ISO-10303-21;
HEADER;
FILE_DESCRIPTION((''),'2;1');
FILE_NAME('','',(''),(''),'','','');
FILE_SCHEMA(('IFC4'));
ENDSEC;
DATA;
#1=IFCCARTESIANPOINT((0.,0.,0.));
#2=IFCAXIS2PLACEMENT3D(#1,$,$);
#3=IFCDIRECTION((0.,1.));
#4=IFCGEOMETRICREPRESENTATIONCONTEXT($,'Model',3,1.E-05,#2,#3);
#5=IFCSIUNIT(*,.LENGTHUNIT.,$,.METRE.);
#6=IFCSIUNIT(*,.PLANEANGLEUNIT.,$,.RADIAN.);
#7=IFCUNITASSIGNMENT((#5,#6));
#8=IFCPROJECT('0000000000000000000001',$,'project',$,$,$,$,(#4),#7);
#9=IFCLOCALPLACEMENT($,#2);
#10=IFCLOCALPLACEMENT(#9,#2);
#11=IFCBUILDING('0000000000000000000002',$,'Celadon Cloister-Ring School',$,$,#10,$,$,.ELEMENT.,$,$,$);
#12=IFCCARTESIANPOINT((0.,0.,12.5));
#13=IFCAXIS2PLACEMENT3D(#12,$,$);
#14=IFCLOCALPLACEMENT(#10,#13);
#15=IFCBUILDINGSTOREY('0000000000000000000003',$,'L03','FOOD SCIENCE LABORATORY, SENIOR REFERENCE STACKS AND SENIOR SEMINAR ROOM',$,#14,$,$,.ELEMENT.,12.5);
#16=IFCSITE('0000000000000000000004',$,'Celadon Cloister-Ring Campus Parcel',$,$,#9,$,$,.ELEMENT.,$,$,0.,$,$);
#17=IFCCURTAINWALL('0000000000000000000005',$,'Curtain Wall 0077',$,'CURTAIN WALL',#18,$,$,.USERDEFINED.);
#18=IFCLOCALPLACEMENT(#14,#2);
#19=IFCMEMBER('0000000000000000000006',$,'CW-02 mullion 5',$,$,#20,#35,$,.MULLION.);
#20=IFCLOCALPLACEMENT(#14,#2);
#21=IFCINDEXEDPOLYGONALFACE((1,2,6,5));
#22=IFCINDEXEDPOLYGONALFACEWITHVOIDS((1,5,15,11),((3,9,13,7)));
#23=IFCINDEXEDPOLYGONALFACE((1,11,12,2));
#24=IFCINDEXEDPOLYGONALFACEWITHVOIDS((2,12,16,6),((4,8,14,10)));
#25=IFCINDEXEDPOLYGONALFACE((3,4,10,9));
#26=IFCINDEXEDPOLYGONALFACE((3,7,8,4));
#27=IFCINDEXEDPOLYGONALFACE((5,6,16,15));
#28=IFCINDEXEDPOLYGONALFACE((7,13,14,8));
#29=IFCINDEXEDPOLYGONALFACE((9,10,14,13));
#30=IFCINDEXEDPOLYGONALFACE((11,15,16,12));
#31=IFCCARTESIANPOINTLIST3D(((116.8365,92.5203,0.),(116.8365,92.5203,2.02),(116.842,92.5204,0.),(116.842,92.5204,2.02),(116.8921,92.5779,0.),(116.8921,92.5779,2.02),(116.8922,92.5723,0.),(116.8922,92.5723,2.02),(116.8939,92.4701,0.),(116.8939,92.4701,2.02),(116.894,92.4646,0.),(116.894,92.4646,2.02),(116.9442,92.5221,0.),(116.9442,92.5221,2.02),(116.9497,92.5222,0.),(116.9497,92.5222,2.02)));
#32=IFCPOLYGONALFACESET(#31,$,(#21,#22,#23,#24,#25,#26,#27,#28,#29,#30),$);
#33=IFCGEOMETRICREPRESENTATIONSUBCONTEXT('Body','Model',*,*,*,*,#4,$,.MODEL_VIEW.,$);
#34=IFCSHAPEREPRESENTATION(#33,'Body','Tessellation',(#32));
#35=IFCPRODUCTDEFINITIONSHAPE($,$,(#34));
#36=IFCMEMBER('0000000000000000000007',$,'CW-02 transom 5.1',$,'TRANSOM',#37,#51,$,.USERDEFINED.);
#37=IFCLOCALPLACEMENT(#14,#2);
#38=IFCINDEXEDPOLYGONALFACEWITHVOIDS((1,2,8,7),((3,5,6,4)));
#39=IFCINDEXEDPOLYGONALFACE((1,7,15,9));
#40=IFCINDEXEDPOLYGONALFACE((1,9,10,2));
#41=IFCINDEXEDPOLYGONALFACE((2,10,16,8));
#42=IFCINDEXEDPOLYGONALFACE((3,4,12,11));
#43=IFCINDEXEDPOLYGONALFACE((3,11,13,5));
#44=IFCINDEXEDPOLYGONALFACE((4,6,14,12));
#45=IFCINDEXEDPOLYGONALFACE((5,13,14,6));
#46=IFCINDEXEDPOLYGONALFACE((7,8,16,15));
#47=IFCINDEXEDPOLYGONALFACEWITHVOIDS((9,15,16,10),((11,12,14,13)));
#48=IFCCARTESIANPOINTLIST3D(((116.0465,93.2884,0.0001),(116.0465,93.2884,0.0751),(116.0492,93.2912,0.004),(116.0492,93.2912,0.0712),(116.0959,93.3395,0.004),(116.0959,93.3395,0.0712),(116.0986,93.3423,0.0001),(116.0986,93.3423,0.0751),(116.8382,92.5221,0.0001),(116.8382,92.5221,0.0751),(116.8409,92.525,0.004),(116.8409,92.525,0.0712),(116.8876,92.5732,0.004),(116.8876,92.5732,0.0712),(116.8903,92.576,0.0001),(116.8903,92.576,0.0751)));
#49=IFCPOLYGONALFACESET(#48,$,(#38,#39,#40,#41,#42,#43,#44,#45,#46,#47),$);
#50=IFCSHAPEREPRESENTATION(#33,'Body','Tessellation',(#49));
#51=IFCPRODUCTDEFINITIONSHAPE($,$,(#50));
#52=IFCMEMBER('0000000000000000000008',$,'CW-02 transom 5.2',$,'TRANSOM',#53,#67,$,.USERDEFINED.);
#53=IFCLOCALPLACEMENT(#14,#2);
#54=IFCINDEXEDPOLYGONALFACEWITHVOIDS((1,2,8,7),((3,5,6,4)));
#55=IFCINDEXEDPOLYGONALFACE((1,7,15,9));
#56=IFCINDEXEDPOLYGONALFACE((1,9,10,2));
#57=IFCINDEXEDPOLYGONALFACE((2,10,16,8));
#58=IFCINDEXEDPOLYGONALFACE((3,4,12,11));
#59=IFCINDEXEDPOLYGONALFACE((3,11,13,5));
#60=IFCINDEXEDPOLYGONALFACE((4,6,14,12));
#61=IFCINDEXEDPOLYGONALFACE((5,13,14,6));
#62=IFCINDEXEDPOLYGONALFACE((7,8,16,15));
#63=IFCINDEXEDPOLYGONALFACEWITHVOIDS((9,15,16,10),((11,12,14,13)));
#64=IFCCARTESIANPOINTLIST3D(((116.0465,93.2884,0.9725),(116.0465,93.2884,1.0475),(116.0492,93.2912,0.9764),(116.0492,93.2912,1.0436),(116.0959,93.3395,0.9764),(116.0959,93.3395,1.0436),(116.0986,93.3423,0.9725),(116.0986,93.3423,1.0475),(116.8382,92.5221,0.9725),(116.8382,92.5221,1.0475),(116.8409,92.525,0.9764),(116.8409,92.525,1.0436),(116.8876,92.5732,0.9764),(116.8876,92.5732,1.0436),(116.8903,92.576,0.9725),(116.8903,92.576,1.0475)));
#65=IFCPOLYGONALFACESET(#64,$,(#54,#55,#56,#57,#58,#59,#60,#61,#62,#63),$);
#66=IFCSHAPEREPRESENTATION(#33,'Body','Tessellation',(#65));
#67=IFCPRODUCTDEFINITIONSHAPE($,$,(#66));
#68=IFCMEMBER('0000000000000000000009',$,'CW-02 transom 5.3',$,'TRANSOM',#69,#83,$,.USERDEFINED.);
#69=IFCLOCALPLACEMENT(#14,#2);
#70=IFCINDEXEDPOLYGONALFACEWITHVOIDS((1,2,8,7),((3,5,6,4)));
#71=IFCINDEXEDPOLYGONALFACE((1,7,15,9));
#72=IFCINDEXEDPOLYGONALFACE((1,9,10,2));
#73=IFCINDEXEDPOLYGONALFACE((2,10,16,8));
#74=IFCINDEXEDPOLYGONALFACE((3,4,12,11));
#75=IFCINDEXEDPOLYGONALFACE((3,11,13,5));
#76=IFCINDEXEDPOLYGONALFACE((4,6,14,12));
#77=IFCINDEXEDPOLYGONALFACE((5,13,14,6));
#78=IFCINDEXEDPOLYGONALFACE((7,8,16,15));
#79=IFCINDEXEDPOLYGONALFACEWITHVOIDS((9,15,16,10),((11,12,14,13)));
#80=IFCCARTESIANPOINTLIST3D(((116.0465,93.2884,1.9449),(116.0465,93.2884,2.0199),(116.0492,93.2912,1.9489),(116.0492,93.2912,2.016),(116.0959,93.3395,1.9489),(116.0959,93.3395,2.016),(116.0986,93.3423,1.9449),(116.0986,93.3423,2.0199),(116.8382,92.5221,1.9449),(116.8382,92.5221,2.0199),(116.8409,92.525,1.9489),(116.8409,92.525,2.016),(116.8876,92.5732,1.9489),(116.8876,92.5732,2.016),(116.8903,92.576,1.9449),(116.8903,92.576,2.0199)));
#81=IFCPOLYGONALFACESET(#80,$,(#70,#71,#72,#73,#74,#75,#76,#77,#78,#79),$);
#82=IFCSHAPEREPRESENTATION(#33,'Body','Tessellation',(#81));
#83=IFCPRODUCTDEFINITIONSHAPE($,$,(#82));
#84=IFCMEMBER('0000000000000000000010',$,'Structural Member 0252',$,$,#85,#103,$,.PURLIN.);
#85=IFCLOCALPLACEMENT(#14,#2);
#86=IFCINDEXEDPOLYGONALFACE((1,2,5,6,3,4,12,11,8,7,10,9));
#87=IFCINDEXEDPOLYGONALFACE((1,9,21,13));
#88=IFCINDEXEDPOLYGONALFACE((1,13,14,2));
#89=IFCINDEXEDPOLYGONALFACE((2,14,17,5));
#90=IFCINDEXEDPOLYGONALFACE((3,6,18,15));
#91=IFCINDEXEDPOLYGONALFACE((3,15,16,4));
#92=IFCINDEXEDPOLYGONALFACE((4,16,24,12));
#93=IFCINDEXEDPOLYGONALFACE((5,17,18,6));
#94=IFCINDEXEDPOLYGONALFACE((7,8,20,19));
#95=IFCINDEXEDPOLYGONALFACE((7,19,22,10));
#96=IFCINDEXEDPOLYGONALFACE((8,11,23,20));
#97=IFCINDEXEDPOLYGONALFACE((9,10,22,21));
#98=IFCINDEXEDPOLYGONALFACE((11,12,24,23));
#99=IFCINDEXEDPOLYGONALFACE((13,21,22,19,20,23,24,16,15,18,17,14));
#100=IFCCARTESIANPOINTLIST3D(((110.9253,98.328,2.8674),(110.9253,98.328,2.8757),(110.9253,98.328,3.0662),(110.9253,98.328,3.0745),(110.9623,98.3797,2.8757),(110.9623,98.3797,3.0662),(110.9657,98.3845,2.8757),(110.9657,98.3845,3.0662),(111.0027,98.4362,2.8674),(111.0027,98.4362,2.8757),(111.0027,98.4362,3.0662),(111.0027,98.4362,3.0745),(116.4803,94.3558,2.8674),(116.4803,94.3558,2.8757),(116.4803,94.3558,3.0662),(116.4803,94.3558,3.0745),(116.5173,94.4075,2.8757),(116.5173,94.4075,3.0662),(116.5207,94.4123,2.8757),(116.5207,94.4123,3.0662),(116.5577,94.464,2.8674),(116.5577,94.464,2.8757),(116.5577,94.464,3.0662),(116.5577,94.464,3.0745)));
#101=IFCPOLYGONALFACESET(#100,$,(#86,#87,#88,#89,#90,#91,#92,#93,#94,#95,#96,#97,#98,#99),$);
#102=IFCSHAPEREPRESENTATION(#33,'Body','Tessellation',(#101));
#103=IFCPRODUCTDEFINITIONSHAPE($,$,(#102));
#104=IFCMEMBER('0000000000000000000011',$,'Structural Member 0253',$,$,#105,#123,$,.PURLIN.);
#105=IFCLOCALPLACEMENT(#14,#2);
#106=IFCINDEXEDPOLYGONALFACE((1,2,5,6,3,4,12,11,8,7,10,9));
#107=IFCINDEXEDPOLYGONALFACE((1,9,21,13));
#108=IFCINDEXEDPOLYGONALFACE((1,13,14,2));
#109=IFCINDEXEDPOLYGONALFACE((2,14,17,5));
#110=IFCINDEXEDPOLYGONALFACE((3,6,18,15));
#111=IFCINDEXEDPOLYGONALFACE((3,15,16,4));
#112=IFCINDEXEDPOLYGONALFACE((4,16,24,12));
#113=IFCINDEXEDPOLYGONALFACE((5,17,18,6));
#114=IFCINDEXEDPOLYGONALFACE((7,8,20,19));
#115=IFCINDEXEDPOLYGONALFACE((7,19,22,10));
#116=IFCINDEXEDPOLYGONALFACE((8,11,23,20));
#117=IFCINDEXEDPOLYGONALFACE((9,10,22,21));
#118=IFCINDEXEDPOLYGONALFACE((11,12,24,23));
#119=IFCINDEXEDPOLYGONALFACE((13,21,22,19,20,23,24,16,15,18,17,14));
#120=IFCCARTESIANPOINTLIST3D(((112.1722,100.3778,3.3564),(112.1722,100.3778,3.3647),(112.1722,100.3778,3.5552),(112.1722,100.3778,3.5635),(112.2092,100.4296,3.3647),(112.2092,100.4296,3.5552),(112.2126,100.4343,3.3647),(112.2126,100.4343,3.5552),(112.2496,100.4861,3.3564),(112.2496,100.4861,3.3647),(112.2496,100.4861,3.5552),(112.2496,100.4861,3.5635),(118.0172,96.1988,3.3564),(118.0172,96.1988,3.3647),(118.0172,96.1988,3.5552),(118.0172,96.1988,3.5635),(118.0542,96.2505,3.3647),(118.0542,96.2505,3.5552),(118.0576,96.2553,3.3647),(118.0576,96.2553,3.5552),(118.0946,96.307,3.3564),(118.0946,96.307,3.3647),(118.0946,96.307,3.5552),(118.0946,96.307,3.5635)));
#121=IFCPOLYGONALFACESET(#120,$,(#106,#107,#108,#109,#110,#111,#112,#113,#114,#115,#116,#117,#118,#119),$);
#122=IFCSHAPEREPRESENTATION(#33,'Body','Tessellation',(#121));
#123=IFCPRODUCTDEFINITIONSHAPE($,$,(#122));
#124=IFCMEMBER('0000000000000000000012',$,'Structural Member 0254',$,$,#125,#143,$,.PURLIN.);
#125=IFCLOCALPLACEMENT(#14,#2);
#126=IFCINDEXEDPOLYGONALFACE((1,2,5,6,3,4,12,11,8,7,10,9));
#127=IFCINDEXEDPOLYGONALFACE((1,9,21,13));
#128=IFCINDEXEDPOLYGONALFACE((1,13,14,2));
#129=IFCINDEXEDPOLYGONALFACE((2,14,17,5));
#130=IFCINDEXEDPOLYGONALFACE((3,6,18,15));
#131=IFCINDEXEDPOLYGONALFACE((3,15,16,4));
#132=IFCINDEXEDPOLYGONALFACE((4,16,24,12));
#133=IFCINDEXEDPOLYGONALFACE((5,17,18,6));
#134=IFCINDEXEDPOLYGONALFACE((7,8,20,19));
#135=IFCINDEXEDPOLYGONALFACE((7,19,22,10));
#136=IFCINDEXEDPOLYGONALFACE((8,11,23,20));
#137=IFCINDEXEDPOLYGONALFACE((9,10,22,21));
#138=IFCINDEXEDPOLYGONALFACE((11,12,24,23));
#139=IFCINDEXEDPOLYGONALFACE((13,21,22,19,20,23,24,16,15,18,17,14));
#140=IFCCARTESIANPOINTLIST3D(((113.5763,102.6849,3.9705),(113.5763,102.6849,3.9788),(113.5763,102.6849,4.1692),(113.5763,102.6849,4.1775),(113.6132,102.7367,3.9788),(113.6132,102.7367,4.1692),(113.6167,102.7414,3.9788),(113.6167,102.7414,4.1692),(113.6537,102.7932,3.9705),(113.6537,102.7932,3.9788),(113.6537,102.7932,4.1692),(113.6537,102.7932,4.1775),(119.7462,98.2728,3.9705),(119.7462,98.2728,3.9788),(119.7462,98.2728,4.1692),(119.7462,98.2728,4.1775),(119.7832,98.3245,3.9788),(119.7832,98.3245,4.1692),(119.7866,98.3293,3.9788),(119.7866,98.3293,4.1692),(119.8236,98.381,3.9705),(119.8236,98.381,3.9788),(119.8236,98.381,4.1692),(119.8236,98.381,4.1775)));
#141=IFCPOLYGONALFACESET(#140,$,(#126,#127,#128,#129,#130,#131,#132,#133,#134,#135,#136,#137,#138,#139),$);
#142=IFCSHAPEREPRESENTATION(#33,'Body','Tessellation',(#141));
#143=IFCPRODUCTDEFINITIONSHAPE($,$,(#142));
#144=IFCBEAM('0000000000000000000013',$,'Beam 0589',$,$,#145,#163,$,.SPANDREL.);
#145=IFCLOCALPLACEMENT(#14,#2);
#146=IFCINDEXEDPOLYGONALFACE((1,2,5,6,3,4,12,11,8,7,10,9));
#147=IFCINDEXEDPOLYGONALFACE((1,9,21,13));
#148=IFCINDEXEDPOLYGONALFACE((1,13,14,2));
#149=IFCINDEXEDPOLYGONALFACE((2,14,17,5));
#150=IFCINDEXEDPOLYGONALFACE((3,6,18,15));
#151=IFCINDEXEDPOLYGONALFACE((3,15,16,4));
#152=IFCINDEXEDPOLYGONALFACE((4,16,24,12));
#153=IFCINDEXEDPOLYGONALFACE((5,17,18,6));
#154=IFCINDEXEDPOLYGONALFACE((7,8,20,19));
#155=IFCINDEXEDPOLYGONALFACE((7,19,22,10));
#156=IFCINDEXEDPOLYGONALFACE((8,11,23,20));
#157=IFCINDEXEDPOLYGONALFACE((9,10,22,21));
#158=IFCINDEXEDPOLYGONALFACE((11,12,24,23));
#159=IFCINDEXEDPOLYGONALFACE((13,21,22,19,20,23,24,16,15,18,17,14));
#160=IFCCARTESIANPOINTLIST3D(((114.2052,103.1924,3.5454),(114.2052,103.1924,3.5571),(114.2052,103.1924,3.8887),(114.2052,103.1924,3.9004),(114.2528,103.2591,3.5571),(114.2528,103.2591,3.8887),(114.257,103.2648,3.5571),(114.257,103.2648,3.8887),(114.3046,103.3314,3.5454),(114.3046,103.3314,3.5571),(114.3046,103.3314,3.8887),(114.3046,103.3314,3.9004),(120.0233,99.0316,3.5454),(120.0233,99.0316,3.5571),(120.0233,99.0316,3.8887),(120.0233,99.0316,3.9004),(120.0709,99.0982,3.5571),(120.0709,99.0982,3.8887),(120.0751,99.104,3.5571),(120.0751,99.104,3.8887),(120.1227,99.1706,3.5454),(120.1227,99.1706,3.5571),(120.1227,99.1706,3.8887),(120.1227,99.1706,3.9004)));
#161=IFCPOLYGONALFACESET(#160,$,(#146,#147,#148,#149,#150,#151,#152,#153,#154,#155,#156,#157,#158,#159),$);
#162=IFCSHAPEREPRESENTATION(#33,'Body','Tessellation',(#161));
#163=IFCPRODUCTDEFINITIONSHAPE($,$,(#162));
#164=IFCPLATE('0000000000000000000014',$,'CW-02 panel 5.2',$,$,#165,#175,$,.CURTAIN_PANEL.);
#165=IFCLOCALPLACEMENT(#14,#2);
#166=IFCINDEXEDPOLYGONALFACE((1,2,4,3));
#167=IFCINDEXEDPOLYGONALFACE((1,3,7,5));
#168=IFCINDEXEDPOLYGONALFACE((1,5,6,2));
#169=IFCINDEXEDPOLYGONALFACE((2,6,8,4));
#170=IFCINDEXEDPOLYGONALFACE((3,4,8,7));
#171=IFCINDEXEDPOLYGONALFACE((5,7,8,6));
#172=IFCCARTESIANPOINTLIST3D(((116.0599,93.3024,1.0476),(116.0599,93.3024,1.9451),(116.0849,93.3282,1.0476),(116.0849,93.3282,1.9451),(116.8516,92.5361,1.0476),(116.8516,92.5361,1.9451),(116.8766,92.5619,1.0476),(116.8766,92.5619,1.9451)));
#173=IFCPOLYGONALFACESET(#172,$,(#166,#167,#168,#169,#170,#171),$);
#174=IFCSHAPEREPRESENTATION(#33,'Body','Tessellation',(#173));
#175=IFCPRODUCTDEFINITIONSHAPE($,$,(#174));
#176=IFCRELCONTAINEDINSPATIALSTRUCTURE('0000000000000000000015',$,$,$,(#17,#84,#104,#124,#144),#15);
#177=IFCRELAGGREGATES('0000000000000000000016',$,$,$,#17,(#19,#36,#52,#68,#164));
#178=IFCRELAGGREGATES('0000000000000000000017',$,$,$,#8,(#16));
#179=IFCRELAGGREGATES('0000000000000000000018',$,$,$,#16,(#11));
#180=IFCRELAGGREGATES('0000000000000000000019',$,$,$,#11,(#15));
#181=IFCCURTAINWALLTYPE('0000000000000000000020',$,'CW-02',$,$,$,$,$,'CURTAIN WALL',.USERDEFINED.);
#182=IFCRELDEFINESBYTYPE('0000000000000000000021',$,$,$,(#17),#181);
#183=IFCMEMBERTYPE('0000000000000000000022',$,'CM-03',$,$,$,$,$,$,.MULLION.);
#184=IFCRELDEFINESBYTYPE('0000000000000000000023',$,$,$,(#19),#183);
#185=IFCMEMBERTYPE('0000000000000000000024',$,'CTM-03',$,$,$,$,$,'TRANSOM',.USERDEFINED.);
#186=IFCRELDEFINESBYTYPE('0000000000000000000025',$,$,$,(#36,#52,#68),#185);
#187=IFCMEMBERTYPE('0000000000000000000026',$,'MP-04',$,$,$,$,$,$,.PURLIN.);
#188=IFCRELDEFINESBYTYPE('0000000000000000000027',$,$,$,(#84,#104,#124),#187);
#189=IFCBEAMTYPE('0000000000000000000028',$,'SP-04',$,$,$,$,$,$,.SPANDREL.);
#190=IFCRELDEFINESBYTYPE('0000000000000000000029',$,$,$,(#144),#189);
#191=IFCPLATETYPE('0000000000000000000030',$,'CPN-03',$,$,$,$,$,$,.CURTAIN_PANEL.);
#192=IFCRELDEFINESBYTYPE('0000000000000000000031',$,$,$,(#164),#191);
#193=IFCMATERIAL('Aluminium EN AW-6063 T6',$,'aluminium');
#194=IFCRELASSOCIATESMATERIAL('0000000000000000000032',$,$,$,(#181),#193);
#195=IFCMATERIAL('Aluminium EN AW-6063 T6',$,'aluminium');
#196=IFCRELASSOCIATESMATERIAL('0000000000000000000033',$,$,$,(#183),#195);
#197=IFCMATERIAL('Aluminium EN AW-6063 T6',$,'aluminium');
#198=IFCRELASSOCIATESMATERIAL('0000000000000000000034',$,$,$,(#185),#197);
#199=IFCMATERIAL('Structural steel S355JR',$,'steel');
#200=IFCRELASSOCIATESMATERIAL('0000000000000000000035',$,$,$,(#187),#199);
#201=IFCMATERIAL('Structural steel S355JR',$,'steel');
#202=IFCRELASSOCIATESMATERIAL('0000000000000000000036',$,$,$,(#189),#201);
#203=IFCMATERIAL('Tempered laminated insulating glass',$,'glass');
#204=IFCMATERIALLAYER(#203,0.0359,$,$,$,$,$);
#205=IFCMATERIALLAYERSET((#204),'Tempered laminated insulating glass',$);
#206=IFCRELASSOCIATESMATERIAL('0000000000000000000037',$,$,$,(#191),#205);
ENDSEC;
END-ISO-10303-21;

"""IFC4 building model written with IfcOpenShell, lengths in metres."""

from ifc_helpers import new_model, si_unit, direction, frame, origin, origin_2d, place, context, subcontext, project, spatial, rectangle, hollow_rectangle, i_section, extrude, material, layer, layer_set, material_profile, profile_set, type_object, element, aggregate, save


model = new_model("IFC4")

# Units and contexts
model_context = context("Model", 3, precision=1e-05, world=origin(), true_north=direction((0.0, 1.0)))
body_context = subcontext(model_context, "Body", "Model", "MODEL_VIEW")
ifc_project = project(units=[si_unit("LENGTHUNIT", "METRE"), si_unit("PLANEANGLEUNIT", "RADIAN")], contexts=[model_context])

# Site, building, storey
site_placement = place(None, origin())
site = spatial("IfcSite", under=ifc_project, at=site_placement, Name="Celadon Cloister-Ring Campus Parcel", CompositionType="ELEMENT", RefElevation=0.0)
building_placement = place(site_placement, origin())
building = spatial("IfcBuilding", under=site, at=building_placement, Name="Celadon Cloister-Ring School", CompositionType="ELEMENT")
storey_placement = place(building_placement, frame((0.0, 0.0, 12.5)))
storey = spatial("IfcBuildingStorey", under=building, at=storey_placement, Name="L03", Description="FOOD SCIENCE LABORATORY, SENIOR REFERENCE STACKS AND SENIOR SEMINAR ROOM", CompositionType="ELEMENT", Elevation=12.5)

# Curtain wall, members
ifc_material_1 = material(Name="Aluminium EN AW-6063 T6", Category="aluminium")
curtain_wall_type = type_object("IfcCurtainWallType", Name="CW-02", ElementType="CURTAIN WALL", PredefinedType="USERDEFINED", material=ifc_material_1)
curtain_wall_placement = place(storey_placement, origin())
curtain_wall = element("IfcCurtainWall", 1, at=curtain_wall_placement, inside=storey, type_object=curtain_wall_type, Name="Curtain Wall 0077", ObjectType="CURTAIN WALL", PredefinedType="USERDEFINED")
ifc_material_2 = material(Name="Aluminium EN AW-6063 T6", Category="aluminium")
ifc_material_profile_1 = material_profile(ifc_material_2, hollow_rectangle(XDim=0.0801, YDim=0.0801, WallThickness=0.0039, at=origin_2d()), Name="RHS80X80X4")
ifc_profile_set_1 = profile_set([ifc_material_profile_1], Name="Aluminium EN AW-6063 T6")
member_type_1 = type_object("IfcMemberType", Name="CM-03", PredefinedType="MULLION", material=ifc_profile_set_1)
member_1_placement = place(storey_placement, frame((116.8931, 92.5212, 0.0), z_axis=(0.0, 0.0, 1.0), x_axis=(-0.695473, -0.718552, 0.0)))
member_1 = element("IfcMember", 2, at=member_1_placement, type_object=member_type_1, Name="CW-02 mullion 5", PredefinedType="MULLION", context=body_context, shape_type="SweptSolid", body=[
    extrude(hollow_rectangle(XDim=0.0801, YDim=0.0801, WallThickness=0.0039, at=origin_2d()), origin(), (0.0, 0.0, 1.0), 2.02),
])
ifc_material_3 = material(Name="Aluminium EN AW-6063 T6", Category="aluminium")
ifc_material_profile_2 = material_profile(ifc_material_3, hollow_rectangle(XDim=0.075, YDim=0.075, WallThickness=0.0039, at=origin_2d()), Name="RHS75X75X4")
ifc_profile_set_2 = profile_set([ifc_material_profile_2], Name="Aluminium EN AW-6063 T6")
member_type_2 = type_object("IfcMemberType", Name="CTM-03", ElementType="TRANSOM", PredefinedType="USERDEFINED", material=ifc_profile_set_2)
member_2_placement = place(storey_placement, frame((116.8643, 92.5491, 0.0376), z_axis=(-0.718534, 0.695492, 0.0), x_axis=(-0.695492, -0.718534, 0.0)))
member_2 = element("IfcMember", 3, at=member_2_placement, type_object=member_type_2, Name="CW-02 transom 5.1", ObjectType="TRANSOM", PredefinedType="USERDEFINED", context=body_context, shape_type="SweptSolid", body=[
    extrude(hollow_rectangle(XDim=0.075, YDim=0.075, WallThickness=0.0039, at=origin_2d()), origin(), (0.0, 0.0, 1.0), 1.1018),
])
member_3_placement = place(storey_placement, frame((116.8643, 92.5491, 1.01), z_axis=(-0.718534, 0.695492, 0.0), x_axis=(-0.695492, -0.718534, 0.0)))
member_3 = element("IfcMember", 4, at=member_3_placement, type_object=member_type_2, Name="CW-02 transom 5.2", ObjectType="TRANSOM", PredefinedType="USERDEFINED", context=body_context, shape_type="SweptSolid", body=[
    extrude(hollow_rectangle(XDim=0.075, YDim=0.075, WallThickness=0.0039, at=origin_2d()), origin(), (0.0, 0.0, 1.0), 1.1018),
])
member_4_placement = place(storey_placement, frame((116.8643, 92.5491, 1.9824), z_axis=(-0.718534, 0.695492, 0.0), x_axis=(-0.695492, -0.718534, 0.0)))
member_4 = element("IfcMember", 5, at=member_4_placement, type_object=member_type_2, Name="CW-02 transom 5.3", ObjectType="TRANSOM", PredefinedType="USERDEFINED", context=body_context, shape_type="SweptSolid", body=[
    extrude(hollow_rectangle(XDim=0.075, YDim=0.075, WallThickness=0.0039, at=origin_2d()), origin(), (0.0, 0.0, 1.0), 1.1018),
])

# Members
ifc_material_4 = material(Name="Structural steel S355JR", Category="steel")
ifc_material_profile_3 = material_profile(ifc_material_4, i_section(OverallWidth=0.1331, OverallDepth=0.207, WebThickness=0.0059, FlangeThickness=0.0083, at=origin_2d()), Name="W200X27")
ifc_profile_set_3 = profile_set([ifc_material_profile_3], Name="Structural steel S355JR")
member_type_3 = type_object("IfcMemberType", Name="MP-04", PredefinedType="PURLIN", material=ifc_profile_set_3)
member_5_placement = place(storey_placement, frame((116.519, 94.4099, 2.9709), z_axis=(-0.813431, 0.581661, 0.0), x_axis=(-0.581661, -0.813431, 0.0)))
element("IfcMember", 6, at=member_5_placement, inside=storey, type_object=member_type_3, Name="Structural Member 0252", PredefinedType="PURLIN", context=body_context, shape_type="SweptSolid", body=[
    extrude(i_section(OverallWidth=0.1331, OverallDepth=0.207, WebThickness=0.0059, FlangeThickness=0.0083, at=origin_2d()), origin(), (0.0, 0.0, 1.0), 6.8291),
])
member_6_placement = place(storey_placement, frame((118.0559, 96.2529, 3.46), z_axis=(-0.813472, 0.581605, 0.0), x_axis=(-0.581605, -0.813472, 0.0)))
element("IfcMember", 7, at=member_6_placement, inside=storey, type_object=member_type_3, Name="Structural Member 0253", PredefinedType="PURLIN", context=body_context, shape_type="SweptSolid", body=[
    extrude(i_section(OverallWidth=0.1331, OverallDepth=0.207, WebThickness=0.0059, FlangeThickness=0.0083, at=origin_2d()), origin(), (0.0, 0.0, 1.0), 7.1853),
])
member_7_placement = place(storey_placement, frame((119.7849, 98.3269, 4.074), z_axis=(-0.81342, 0.581677, 0.0), x_axis=(-0.581677, -0.81342, 0.0)))
element("IfcMember", 8, at=member_7_placement, inside=storey, type_object=member_type_3, Name="Structural Member 0254", PredefinedType="PURLIN", context=body_context, shape_type="SweptSolid", body=[
    extrude(i_section(OverallWidth=0.1331, OverallDepth=0.207, WebThickness=0.0059, FlangeThickness=0.0083, at=origin_2d()), origin(), (0.0, 0.0, 1.0), 7.5852),
])

# Beam
ifc_material_5 = material(Name="Structural steel S355JR", Category="steel")
ifc_material_profile_4 = material_profile(ifc_material_5, i_section(OverallWidth=0.1709, OverallDepth=0.355, WebThickness=0.0071, FlangeThickness=0.0117, at=origin_2d()), Name="W360X51")
ifc_profile_set_4 = profile_set([ifc_material_profile_4], Name="Structural steel S355JR")
beam_type = type_object("IfcBeamType", Name="SP-04", PredefinedType="SPANDREL", material=ifc_profile_set_4)
beam_placement = place(storey_placement, frame((120.073, 99.1011, 3.7229), z_axis=(-0.813397, 0.581709, 0.0), x_axis=(-0.581709, -0.813397, 0.0)))
element("IfcBeam", 9, at=beam_placement, inside=storey, type_object=beam_type, Name="Beam 0589", PredefinedType="SPANDREL", context=body_context, shape_type="SweptSolid", body=[
    extrude(i_section(OverallWidth=0.1709, OverallDepth=0.355, WebThickness=0.0071, FlangeThickness=0.0117, at=origin_2d()), origin(), (0.0, 0.0, 1.0), 7.1528),
])

# Plate
ifc_material_6 = material(Name="Tempered laminated insulating glass", Category="glass")
ifc_layer_1 = layer(ifc_material_6, 0.0359)
ifc_layer_set_1 = layer_set([ifc_layer_1], Name="Tempered laminated insulating glass")
plate_type = type_object("IfcPlateType", Name="CPN-03", PredefinedType="CURTAIN_PANEL", material=ifc_layer_set_1)
plate_placement = place(storey_placement, frame((116.4683, 92.9321, 1.0476), z_axis=(0.0, 0.0, 1.0), x_axis=(-0.718552, 0.695473, 0.0)))
plate = element("IfcPlate", 10, at=plate_placement, type_object=plate_type, Name="CW-02 panel 5.2", PredefinedType="CURTAIN_PANEL", context=body_context, shape_type="SweptSolid", body=[
    extrude(rectangle(XDim=1.1018, YDim=0.0359, at=origin_2d()), origin(), (0.0, 0.0, 1.0), 0.8975),
])
aggregate(curtain_wall, [member_1, member_2, member_3, member_4, plate])

save(model, "model.ifc")
